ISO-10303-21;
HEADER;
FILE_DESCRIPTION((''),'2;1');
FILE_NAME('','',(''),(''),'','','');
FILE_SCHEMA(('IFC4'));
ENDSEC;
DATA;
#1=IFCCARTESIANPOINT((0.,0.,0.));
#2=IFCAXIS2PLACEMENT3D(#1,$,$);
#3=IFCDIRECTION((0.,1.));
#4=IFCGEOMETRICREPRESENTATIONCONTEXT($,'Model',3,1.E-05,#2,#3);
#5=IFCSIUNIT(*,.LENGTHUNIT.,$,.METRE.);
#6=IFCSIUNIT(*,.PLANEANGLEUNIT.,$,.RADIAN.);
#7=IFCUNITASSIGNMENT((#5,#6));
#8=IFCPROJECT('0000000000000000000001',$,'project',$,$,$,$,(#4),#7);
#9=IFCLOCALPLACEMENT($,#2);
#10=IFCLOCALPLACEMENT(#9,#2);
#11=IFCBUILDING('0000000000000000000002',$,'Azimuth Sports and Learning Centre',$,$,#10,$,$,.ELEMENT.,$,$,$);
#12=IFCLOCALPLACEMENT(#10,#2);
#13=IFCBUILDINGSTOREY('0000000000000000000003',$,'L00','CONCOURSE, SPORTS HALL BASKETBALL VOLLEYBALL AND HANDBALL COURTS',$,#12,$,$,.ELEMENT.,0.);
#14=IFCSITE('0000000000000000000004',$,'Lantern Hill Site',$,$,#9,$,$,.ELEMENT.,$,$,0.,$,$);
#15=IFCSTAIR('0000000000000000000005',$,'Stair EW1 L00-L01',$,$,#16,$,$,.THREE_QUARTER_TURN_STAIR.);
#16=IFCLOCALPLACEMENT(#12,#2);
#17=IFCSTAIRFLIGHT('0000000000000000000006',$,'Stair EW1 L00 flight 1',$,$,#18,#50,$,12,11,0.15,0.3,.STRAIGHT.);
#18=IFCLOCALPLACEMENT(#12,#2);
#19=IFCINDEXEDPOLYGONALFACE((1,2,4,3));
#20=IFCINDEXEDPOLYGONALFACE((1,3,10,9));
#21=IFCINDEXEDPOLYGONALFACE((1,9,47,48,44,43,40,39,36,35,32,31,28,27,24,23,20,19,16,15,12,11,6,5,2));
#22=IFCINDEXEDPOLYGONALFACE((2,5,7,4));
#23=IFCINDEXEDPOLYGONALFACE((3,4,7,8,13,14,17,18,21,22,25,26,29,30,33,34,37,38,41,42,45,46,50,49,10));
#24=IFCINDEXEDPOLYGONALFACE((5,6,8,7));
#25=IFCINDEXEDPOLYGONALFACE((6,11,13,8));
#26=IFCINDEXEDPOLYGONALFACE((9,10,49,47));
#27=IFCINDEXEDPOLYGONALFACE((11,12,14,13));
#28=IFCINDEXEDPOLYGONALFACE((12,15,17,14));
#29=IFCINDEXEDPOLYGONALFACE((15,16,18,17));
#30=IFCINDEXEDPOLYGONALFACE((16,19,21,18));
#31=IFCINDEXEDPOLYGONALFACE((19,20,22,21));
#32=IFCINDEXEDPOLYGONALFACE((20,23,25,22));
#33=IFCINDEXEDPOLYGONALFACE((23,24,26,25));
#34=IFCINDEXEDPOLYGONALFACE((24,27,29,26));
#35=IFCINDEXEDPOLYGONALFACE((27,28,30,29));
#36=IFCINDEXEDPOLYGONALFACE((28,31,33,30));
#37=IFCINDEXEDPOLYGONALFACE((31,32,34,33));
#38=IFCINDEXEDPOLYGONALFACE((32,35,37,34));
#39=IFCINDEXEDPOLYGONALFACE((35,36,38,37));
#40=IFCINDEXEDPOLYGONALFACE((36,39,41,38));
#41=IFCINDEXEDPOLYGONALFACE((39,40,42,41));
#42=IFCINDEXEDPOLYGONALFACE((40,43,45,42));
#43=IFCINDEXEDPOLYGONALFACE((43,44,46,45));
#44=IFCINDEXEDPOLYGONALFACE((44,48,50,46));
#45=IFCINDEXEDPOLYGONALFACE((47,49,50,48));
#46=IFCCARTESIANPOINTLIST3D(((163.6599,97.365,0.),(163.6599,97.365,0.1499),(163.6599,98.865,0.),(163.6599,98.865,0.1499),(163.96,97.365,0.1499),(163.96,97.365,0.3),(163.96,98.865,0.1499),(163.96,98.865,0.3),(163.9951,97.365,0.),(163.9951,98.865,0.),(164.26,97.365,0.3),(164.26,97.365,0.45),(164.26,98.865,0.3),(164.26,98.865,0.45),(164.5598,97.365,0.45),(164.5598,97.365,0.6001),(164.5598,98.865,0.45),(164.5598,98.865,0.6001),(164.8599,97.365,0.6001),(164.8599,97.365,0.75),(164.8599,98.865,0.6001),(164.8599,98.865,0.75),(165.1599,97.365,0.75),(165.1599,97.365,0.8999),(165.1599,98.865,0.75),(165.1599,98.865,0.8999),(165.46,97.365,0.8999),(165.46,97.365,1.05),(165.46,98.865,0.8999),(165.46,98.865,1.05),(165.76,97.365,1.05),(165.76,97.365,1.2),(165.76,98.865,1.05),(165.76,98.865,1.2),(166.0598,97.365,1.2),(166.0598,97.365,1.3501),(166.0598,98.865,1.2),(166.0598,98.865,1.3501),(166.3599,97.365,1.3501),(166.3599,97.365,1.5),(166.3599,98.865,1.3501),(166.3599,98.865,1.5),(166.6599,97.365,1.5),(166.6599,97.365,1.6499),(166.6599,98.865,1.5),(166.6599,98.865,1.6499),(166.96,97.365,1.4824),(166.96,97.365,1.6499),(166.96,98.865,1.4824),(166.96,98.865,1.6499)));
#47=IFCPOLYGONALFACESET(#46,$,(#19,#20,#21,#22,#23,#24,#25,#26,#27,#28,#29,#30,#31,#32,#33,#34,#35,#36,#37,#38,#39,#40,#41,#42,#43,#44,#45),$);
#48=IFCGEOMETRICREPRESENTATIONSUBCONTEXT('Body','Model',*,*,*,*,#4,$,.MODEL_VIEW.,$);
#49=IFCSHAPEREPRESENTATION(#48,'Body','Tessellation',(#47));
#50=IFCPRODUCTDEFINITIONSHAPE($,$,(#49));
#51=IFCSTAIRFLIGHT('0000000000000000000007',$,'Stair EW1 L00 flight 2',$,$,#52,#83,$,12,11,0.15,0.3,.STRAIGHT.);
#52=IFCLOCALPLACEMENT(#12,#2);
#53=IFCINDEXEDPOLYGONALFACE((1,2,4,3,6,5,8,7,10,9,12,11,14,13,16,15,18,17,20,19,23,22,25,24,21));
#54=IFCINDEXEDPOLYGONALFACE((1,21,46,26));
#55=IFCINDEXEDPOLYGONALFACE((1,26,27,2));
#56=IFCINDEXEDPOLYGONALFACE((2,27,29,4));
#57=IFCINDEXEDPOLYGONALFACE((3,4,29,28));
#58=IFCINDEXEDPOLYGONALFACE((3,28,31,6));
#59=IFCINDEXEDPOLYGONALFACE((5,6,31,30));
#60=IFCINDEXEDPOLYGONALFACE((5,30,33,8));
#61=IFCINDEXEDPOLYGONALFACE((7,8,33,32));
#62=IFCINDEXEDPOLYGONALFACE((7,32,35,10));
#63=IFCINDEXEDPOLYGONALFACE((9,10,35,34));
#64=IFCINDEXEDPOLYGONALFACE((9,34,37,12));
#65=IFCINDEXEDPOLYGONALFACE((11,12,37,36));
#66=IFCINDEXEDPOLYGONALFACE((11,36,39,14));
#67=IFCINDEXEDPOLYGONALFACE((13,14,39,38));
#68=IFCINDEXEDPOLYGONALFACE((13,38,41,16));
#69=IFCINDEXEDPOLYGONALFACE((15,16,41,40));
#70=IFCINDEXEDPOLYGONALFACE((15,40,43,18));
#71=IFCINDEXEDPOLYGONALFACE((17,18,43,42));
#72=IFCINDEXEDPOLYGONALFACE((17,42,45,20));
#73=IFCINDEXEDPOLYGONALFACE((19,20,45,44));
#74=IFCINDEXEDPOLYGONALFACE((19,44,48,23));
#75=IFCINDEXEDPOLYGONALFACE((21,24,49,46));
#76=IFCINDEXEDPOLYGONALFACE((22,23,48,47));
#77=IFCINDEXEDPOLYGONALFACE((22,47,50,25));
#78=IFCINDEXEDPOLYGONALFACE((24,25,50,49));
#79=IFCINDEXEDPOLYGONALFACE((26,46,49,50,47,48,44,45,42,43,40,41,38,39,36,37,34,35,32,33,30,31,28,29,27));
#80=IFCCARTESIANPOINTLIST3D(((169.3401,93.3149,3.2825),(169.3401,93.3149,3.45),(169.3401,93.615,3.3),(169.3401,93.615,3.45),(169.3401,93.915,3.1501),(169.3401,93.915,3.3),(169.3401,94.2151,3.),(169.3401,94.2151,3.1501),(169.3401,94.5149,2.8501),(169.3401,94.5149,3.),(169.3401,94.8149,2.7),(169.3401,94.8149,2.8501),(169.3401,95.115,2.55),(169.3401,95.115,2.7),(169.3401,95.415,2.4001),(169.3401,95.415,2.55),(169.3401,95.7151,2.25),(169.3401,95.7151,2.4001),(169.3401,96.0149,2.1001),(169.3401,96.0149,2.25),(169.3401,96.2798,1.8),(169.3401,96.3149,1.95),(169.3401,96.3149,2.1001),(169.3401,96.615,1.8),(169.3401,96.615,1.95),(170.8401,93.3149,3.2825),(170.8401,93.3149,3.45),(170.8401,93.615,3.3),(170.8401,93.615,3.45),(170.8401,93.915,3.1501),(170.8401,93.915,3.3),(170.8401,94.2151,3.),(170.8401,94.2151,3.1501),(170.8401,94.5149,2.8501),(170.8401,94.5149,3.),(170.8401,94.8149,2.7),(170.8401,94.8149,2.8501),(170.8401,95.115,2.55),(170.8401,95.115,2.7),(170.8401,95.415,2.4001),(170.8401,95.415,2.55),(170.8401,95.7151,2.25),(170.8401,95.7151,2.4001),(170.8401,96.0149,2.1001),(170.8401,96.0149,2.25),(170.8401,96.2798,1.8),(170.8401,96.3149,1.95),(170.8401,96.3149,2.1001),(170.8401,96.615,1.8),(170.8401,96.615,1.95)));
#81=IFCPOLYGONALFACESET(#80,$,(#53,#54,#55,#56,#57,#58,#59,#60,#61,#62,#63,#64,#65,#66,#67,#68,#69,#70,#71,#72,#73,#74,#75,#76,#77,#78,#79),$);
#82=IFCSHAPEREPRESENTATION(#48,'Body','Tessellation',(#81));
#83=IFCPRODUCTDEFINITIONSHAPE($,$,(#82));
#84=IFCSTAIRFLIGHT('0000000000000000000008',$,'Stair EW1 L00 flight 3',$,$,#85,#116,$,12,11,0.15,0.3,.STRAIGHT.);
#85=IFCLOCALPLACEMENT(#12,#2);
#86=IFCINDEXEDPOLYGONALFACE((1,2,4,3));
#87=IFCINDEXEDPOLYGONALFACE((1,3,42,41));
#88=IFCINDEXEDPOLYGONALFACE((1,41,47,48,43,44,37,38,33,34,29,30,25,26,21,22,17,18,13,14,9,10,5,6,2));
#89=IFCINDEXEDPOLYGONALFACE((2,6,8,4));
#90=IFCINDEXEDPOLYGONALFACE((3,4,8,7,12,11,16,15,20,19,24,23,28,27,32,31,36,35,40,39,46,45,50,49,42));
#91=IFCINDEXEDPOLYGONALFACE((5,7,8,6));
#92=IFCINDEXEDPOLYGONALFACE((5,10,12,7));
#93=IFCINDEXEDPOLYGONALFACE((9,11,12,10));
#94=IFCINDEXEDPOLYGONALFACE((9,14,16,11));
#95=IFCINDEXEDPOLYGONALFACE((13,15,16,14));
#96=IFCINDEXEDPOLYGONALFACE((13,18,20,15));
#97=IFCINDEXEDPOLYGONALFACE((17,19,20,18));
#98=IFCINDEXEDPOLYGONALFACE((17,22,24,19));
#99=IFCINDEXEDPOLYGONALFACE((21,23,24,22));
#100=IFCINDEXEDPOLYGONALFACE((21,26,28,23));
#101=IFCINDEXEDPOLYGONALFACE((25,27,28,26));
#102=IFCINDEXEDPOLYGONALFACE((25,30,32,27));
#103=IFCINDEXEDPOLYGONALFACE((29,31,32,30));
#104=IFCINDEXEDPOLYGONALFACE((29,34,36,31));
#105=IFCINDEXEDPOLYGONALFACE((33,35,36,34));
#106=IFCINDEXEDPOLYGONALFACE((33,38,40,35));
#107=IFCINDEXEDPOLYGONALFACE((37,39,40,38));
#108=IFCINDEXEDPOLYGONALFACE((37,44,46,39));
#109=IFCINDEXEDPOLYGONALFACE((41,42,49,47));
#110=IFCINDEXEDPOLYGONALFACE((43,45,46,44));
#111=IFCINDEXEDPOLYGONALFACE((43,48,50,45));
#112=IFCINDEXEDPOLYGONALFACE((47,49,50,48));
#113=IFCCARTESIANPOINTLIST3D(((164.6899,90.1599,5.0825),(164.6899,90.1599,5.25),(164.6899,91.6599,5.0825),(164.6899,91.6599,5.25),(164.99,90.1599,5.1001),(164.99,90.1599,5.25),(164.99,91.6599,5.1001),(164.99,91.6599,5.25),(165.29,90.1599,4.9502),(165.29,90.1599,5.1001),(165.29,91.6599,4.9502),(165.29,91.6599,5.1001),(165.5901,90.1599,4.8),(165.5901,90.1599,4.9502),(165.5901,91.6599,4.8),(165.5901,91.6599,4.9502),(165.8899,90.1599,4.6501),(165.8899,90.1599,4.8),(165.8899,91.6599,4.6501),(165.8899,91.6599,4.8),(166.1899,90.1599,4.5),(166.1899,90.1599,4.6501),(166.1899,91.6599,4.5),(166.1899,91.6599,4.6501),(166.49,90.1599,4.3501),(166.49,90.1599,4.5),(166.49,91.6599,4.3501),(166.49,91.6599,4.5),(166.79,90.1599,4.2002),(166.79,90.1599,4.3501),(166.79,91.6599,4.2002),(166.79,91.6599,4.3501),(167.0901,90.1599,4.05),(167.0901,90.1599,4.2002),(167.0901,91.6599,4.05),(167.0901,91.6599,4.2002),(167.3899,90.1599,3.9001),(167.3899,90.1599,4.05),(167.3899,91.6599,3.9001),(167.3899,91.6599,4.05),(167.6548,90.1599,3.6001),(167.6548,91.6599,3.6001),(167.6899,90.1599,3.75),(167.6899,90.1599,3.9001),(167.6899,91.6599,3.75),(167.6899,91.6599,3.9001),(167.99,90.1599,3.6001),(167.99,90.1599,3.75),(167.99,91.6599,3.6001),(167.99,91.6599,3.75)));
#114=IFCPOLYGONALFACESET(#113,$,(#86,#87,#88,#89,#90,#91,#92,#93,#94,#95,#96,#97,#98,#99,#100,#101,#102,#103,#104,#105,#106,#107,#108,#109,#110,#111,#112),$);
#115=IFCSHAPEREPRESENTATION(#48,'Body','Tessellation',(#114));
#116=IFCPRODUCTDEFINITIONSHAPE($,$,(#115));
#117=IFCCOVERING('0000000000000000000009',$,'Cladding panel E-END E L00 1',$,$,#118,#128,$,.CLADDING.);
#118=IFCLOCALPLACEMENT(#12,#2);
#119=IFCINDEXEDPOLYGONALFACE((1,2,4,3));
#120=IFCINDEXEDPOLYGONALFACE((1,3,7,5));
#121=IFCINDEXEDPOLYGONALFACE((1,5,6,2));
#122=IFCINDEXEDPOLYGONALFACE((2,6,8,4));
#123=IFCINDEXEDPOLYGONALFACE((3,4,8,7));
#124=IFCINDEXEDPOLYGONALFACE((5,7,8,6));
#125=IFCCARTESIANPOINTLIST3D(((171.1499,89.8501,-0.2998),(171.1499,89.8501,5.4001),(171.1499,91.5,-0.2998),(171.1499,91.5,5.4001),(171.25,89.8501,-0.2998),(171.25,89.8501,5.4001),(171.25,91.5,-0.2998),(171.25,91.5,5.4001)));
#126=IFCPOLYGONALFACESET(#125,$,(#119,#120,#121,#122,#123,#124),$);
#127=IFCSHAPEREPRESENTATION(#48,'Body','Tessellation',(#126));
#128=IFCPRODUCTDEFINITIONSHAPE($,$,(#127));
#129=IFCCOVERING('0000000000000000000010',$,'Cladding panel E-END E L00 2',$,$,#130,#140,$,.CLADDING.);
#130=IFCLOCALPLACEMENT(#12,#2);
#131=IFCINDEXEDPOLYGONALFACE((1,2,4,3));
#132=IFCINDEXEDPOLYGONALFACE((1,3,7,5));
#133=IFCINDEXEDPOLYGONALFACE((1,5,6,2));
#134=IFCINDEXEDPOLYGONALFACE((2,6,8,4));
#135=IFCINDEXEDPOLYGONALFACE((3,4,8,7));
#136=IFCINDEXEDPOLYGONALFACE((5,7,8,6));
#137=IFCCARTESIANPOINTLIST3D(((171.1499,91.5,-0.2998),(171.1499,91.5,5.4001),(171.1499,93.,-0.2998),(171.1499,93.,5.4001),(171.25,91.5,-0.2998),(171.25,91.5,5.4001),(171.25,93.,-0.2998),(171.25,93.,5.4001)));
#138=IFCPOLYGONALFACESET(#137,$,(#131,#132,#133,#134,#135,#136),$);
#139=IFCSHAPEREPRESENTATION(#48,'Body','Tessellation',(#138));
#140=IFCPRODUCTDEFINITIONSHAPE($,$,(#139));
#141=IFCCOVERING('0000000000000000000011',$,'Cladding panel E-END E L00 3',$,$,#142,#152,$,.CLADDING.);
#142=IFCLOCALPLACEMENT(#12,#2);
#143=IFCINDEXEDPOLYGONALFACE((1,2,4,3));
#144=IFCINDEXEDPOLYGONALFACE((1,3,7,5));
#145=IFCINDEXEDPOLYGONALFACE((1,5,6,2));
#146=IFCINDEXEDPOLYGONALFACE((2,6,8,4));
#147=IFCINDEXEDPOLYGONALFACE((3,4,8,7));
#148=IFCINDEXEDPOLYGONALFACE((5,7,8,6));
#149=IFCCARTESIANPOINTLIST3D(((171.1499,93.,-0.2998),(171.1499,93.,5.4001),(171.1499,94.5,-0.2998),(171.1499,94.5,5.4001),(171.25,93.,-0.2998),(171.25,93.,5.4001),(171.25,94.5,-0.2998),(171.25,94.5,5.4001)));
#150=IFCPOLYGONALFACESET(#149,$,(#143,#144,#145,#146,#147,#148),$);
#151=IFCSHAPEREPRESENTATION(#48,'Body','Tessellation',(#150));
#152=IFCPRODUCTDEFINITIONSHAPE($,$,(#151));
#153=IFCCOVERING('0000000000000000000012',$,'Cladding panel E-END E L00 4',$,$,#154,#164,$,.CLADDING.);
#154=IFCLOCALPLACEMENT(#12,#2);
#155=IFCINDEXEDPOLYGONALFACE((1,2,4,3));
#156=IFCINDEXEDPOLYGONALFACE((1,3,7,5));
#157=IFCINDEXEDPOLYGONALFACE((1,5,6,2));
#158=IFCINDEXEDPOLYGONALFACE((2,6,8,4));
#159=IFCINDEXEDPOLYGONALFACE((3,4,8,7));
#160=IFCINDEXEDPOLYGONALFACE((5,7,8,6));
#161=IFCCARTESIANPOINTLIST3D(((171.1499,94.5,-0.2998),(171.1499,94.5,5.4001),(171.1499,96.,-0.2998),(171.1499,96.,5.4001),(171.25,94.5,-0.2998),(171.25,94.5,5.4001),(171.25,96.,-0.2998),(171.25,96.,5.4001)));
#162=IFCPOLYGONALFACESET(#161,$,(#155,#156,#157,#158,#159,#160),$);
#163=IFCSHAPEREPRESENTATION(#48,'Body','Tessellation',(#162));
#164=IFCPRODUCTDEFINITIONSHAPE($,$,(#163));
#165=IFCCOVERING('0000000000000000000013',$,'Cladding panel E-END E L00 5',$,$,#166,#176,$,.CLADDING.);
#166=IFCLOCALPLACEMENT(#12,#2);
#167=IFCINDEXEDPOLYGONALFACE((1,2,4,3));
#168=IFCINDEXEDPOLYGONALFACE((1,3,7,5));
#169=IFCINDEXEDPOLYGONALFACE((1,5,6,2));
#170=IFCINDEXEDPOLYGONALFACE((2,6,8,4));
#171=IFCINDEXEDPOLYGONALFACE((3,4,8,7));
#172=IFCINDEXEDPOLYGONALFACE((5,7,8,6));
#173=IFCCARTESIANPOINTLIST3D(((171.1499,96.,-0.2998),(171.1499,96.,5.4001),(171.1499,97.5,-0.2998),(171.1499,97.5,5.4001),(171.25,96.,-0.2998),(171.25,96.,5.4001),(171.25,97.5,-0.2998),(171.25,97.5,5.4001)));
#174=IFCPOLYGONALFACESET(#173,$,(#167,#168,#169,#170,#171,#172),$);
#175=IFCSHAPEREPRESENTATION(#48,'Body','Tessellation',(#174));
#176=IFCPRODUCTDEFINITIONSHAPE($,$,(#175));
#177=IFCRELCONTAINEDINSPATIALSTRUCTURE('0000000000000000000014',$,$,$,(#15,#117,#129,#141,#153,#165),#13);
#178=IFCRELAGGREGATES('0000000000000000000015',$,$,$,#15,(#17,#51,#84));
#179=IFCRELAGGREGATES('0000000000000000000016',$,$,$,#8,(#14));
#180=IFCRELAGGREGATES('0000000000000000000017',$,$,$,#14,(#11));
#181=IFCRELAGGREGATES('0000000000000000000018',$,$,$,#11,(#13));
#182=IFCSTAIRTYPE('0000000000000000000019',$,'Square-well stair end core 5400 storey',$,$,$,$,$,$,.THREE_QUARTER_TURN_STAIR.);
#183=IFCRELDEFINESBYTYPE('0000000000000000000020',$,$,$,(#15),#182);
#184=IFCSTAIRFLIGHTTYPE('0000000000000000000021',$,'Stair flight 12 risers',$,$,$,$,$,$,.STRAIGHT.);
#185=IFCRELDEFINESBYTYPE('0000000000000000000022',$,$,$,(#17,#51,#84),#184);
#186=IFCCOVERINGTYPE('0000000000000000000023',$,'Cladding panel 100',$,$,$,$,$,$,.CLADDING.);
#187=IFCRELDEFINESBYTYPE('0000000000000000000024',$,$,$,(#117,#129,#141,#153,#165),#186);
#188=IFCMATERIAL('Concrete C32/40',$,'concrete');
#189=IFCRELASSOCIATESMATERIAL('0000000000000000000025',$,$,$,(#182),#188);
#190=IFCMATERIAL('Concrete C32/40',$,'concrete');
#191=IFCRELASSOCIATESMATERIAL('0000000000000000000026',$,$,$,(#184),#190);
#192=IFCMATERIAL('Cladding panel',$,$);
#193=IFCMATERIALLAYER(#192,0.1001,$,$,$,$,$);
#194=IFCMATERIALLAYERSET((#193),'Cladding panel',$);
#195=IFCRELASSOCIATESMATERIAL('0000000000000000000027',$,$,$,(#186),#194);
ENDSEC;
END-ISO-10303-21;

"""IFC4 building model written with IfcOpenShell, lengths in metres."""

from ifc_helpers import new_model, si_unit, direction, frame, origin, origin_2d, place, context, subcontext, project, spatial, polyline, rectangle, outline, extrude, material, layer, layer_set, type_object, element, aggregate, save


model = new_model("IFC4")

# Units and contexts
model_context = context("Model", 3, precision=1e-05, world=origin(), true_north=direction((0.0, 1.0)))
body_context = subcontext(model_context, "Body", "Model", "MODEL_VIEW")
ifc_project = project(units=[si_unit("LENGTHUNIT", "METRE"), si_unit("PLANEANGLEUNIT", "RADIAN")], contexts=[model_context])

# Site, building, storey
site_placement = place(None, origin())
site = spatial("IfcSite", under=ifc_project, at=site_placement, Name="Lantern Hill Site", CompositionType="ELEMENT", RefElevation=0.0)
building_placement = place(site_placement, origin())
building = spatial("IfcBuilding", under=site, at=building_placement, Name="Azimuth Sports and Learning Centre", CompositionType="ELEMENT")
storey_placement = place(building_placement, origin())
storey = spatial("IfcBuildingStorey", under=building, at=storey_placement, Name="L00", Description="CONCOURSE, SPORTS HALL BASKETBALL VOLLEYBALL AND HANDBALL COURTS", CompositionType="ELEMENT", Elevation=0.0)

# Stair, stair flights
ifc_material_1 = material(Name="Concrete C32/40", Category="concrete")
stair_type = type_object("IfcStairType", Name="Square-well stair end core 5400 storey", PredefinedType="THREE_QUARTER_TURN_STAIR", material=ifc_material_1)
stair_placement = place(storey_placement, origin())
stair = element("IfcStair", 1, at=stair_placement, inside=storey, type_object=stair_type, Name="Stair EW1 L00-L01", PredefinedType="THREE_QUARTER_TURN_STAIR")
ifc_material_2 = material(Name="Concrete C32/40", Category="concrete")
stair_flight_type = type_object("IfcStairFlightType", Name="Stair flight 12 risers", PredefinedType="STRAIGHT", material=ifc_material_2)
stair_flight_1_placement = place(storey_placement, frame((163.6599, 98.115, 0.0), z_axis=(0.0, 0.0, 1.0), x_axis=(1.0, 0.0, 0.0)))
stair_flight_1 = element("IfcStairFlight", 2, at=stair_flight_1_placement, type_object=stair_flight_type, Name="Stair EW1 L00 flight 1", NumberOfRisers=12, NumberOfTreads=11, PredefinedType="STRAIGHT", RiserHeight=0.15, TreadLength=0.3, context=body_context, shape_type="SweptSolid", body=[
    extrude(outline(polyline([(0.0, 0.0), (0.0, 0.1499), (0.3, 0.1499), (0.3, 0.3), (0.6001, 0.3), (0.6001, 0.45), (0.8999, 0.45), (0.8999, 0.6001), (1.2, 0.6001), (1.2, 0.75), (1.5, 0.75), (1.5, 0.8999), (1.8, 0.8999), (1.8, 1.05), (2.1001, 1.05), (2.1001, 1.2), (2.3999, 1.2), (2.3999, 1.3501), (2.7, 1.3501), (2.7, 1.5), (3.0, 1.5), (3.0, 1.6499), (3.3, 1.6499), (3.3, 1.8), (3.3, 1.4824), (0.3352, 0.0), (0.0, 0.0)])), frame((0.0, 0.75, 0.0), z_axis=(0.0, -1.0, 0.0), x_axis=(1.0, 0.0, 0.0)), (0.0, 0.0, 1.0), 1.5),
])
stair_flight_2_placement = place(storey_placement, frame((170.0901, 96.615, 1.8), z_axis=(0.0, 0.0, 1.0), x_axis=(0.0, -1.0, 0.0)))
stair_flight_2 = element("IfcStairFlight", 3, at=stair_flight_2_placement, type_object=stair_flight_type, Name="Stair EW1 L00 flight 2", NumberOfRisers=12, NumberOfTreads=11, PredefinedType="STRAIGHT", RiserHeight=0.15, TreadLength=0.3, context=body_context, shape_type="SweptSolid", body=[
    extrude(outline(polyline([(0.0, 0.0), (0.0, 0.1499), (0.3, 0.1499), (0.3, 0.3), (0.6001, 0.3), (0.6001, 0.45), (0.8999, 0.45), (0.8999, 0.6001), (1.2, 0.6001), (1.2, 0.75), (1.5, 0.75), (1.5, 0.8999), (1.8, 0.8999), (1.8, 1.05), (2.1001, 1.05), (2.1001, 1.2), (2.3999, 1.2), (2.3999, 1.3501), (2.7, 1.3501), (2.7, 1.5), (3.0, 1.5), (3.0, 1.6499), (3.3, 1.6499), (3.3, 1.8), (3.3, 1.4824), (0.3352, 0.0), (0.0, 0.0)])), frame((0.0, 0.75, 0.0), z_axis=(0.0, -1.0, 0.0), x_axis=(1.0, 0.0, 0.0)), (0.0, 0.0, 1.0), 1.5),
])
stair_flight_3_placement = place(storey_placement, frame((167.99, 90.9099, 3.6001), z_axis=(0.0, 0.0, 1.0), x_axis=(-1.0, 0.0, 0.0)))
stair_flight_3 = element("IfcStairFlight", 4, at=stair_flight_3_placement, type_object=stair_flight_type, Name="Stair EW1 L00 flight 3", NumberOfRisers=12, NumberOfTreads=11, PredefinedType="STRAIGHT", RiserHeight=0.15, TreadLength=0.3, context=body_context, shape_type="SweptSolid", body=[
    extrude(outline(polyline([(0.0, 0.0), (0.0, 0.1499), (0.3, 0.1499), (0.3, 0.3), (0.6001, 0.3), (0.6001, 0.45), (0.8999, 0.45), (0.8999, 0.6001), (1.2, 0.6001), (1.2, 0.75), (1.5, 0.75), (1.5, 0.8999), (1.8, 0.8999), (1.8, 1.05), (2.1001, 1.05), (2.1001, 1.2), (2.3999, 1.2), (2.3999, 1.3501), (2.7, 1.3501), (2.7, 1.5), (3.0, 1.5), (3.0, 1.6499), (3.3, 1.6499), (3.3, 1.8), (3.3, 1.4824), (0.3352, 0.0), (0.0, 0.0)])), frame((0.0, 0.75, 0.0), z_axis=(0.0, -1.0, 0.0), x_axis=(1.0, 0.0, 0.0)), (0.0, 0.0, 1.0), 1.5),
])
aggregate(stair, [stair_flight_1, stair_flight_2, stair_flight_3])

# Coverings
ifc_material_3 = material(Name="Cladding panel")
ifc_layer_1 = layer(ifc_material_3, 0.1001)
ifc_layer_set_1 = layer_set([ifc_layer_1], Name="Cladding panel")
covering_type = type_object("IfcCoveringType", Name="Cladding panel 100", PredefinedType="CLADDING", material=ifc_layer_set_1)
covering_placement = place(storey_placement, frame((171.2, 90.675, -0.2998), z_axis=(0.0, 0.0, 1.0), x_axis=(0.0, 1.0, 0.0)))
element("IfcCovering", 5, at=covering_placement, inside=storey, type_object=covering_type, Name="Cladding panel E-END E L00 1", PredefinedType="CLADDING", context=body_context, shape_type="SweptSolid", body=[
    extrude(rectangle(XDim=1.6499, YDim=0.1001, at=origin_2d()), origin(), (0.0, 0.0, 1.0), 5.7),
])
for number, where, z_axis, x_axis, name in (
    (6, (171.2, 92.25, -0.2998), (0.0, 0.0, 1.0), (0.0, 1.0, 0.0), "Cladding panel E-END E L00 2"),
    (7, (171.2, 93.75, -0.2998), (0.0, 0.0, 1.0), (0.0, 1.0, 0.0), "Cladding panel E-END E L00 3"),
    (8, (171.2, 95.25, -0.2998), (0.0, 0.0, 1.0), (0.0, 1.0, 0.0), "Cladding panel E-END E L00 4"),
    (9, (171.2, 96.75, -0.2998), (0.0, 0.0, 1.0), (0.0, 1.0, 0.0), "Cladding panel E-END E L00 5"),
):
    element("IfcCovering", number, at=place(storey_placement, frame(where, z_axis=z_axis, x_axis=x_axis)), inside=storey, type_object=covering_type, Name=name, PredefinedType="CLADDING", context=body_context, shape_type="SweptSolid", body=[
        extrude(rectangle(XDim=1.5, YDim=0.1001, at=origin_2d()), origin(), (0.0, 0.0, 1.0), 5.7),
    ])

save(model, "model.ifc")
